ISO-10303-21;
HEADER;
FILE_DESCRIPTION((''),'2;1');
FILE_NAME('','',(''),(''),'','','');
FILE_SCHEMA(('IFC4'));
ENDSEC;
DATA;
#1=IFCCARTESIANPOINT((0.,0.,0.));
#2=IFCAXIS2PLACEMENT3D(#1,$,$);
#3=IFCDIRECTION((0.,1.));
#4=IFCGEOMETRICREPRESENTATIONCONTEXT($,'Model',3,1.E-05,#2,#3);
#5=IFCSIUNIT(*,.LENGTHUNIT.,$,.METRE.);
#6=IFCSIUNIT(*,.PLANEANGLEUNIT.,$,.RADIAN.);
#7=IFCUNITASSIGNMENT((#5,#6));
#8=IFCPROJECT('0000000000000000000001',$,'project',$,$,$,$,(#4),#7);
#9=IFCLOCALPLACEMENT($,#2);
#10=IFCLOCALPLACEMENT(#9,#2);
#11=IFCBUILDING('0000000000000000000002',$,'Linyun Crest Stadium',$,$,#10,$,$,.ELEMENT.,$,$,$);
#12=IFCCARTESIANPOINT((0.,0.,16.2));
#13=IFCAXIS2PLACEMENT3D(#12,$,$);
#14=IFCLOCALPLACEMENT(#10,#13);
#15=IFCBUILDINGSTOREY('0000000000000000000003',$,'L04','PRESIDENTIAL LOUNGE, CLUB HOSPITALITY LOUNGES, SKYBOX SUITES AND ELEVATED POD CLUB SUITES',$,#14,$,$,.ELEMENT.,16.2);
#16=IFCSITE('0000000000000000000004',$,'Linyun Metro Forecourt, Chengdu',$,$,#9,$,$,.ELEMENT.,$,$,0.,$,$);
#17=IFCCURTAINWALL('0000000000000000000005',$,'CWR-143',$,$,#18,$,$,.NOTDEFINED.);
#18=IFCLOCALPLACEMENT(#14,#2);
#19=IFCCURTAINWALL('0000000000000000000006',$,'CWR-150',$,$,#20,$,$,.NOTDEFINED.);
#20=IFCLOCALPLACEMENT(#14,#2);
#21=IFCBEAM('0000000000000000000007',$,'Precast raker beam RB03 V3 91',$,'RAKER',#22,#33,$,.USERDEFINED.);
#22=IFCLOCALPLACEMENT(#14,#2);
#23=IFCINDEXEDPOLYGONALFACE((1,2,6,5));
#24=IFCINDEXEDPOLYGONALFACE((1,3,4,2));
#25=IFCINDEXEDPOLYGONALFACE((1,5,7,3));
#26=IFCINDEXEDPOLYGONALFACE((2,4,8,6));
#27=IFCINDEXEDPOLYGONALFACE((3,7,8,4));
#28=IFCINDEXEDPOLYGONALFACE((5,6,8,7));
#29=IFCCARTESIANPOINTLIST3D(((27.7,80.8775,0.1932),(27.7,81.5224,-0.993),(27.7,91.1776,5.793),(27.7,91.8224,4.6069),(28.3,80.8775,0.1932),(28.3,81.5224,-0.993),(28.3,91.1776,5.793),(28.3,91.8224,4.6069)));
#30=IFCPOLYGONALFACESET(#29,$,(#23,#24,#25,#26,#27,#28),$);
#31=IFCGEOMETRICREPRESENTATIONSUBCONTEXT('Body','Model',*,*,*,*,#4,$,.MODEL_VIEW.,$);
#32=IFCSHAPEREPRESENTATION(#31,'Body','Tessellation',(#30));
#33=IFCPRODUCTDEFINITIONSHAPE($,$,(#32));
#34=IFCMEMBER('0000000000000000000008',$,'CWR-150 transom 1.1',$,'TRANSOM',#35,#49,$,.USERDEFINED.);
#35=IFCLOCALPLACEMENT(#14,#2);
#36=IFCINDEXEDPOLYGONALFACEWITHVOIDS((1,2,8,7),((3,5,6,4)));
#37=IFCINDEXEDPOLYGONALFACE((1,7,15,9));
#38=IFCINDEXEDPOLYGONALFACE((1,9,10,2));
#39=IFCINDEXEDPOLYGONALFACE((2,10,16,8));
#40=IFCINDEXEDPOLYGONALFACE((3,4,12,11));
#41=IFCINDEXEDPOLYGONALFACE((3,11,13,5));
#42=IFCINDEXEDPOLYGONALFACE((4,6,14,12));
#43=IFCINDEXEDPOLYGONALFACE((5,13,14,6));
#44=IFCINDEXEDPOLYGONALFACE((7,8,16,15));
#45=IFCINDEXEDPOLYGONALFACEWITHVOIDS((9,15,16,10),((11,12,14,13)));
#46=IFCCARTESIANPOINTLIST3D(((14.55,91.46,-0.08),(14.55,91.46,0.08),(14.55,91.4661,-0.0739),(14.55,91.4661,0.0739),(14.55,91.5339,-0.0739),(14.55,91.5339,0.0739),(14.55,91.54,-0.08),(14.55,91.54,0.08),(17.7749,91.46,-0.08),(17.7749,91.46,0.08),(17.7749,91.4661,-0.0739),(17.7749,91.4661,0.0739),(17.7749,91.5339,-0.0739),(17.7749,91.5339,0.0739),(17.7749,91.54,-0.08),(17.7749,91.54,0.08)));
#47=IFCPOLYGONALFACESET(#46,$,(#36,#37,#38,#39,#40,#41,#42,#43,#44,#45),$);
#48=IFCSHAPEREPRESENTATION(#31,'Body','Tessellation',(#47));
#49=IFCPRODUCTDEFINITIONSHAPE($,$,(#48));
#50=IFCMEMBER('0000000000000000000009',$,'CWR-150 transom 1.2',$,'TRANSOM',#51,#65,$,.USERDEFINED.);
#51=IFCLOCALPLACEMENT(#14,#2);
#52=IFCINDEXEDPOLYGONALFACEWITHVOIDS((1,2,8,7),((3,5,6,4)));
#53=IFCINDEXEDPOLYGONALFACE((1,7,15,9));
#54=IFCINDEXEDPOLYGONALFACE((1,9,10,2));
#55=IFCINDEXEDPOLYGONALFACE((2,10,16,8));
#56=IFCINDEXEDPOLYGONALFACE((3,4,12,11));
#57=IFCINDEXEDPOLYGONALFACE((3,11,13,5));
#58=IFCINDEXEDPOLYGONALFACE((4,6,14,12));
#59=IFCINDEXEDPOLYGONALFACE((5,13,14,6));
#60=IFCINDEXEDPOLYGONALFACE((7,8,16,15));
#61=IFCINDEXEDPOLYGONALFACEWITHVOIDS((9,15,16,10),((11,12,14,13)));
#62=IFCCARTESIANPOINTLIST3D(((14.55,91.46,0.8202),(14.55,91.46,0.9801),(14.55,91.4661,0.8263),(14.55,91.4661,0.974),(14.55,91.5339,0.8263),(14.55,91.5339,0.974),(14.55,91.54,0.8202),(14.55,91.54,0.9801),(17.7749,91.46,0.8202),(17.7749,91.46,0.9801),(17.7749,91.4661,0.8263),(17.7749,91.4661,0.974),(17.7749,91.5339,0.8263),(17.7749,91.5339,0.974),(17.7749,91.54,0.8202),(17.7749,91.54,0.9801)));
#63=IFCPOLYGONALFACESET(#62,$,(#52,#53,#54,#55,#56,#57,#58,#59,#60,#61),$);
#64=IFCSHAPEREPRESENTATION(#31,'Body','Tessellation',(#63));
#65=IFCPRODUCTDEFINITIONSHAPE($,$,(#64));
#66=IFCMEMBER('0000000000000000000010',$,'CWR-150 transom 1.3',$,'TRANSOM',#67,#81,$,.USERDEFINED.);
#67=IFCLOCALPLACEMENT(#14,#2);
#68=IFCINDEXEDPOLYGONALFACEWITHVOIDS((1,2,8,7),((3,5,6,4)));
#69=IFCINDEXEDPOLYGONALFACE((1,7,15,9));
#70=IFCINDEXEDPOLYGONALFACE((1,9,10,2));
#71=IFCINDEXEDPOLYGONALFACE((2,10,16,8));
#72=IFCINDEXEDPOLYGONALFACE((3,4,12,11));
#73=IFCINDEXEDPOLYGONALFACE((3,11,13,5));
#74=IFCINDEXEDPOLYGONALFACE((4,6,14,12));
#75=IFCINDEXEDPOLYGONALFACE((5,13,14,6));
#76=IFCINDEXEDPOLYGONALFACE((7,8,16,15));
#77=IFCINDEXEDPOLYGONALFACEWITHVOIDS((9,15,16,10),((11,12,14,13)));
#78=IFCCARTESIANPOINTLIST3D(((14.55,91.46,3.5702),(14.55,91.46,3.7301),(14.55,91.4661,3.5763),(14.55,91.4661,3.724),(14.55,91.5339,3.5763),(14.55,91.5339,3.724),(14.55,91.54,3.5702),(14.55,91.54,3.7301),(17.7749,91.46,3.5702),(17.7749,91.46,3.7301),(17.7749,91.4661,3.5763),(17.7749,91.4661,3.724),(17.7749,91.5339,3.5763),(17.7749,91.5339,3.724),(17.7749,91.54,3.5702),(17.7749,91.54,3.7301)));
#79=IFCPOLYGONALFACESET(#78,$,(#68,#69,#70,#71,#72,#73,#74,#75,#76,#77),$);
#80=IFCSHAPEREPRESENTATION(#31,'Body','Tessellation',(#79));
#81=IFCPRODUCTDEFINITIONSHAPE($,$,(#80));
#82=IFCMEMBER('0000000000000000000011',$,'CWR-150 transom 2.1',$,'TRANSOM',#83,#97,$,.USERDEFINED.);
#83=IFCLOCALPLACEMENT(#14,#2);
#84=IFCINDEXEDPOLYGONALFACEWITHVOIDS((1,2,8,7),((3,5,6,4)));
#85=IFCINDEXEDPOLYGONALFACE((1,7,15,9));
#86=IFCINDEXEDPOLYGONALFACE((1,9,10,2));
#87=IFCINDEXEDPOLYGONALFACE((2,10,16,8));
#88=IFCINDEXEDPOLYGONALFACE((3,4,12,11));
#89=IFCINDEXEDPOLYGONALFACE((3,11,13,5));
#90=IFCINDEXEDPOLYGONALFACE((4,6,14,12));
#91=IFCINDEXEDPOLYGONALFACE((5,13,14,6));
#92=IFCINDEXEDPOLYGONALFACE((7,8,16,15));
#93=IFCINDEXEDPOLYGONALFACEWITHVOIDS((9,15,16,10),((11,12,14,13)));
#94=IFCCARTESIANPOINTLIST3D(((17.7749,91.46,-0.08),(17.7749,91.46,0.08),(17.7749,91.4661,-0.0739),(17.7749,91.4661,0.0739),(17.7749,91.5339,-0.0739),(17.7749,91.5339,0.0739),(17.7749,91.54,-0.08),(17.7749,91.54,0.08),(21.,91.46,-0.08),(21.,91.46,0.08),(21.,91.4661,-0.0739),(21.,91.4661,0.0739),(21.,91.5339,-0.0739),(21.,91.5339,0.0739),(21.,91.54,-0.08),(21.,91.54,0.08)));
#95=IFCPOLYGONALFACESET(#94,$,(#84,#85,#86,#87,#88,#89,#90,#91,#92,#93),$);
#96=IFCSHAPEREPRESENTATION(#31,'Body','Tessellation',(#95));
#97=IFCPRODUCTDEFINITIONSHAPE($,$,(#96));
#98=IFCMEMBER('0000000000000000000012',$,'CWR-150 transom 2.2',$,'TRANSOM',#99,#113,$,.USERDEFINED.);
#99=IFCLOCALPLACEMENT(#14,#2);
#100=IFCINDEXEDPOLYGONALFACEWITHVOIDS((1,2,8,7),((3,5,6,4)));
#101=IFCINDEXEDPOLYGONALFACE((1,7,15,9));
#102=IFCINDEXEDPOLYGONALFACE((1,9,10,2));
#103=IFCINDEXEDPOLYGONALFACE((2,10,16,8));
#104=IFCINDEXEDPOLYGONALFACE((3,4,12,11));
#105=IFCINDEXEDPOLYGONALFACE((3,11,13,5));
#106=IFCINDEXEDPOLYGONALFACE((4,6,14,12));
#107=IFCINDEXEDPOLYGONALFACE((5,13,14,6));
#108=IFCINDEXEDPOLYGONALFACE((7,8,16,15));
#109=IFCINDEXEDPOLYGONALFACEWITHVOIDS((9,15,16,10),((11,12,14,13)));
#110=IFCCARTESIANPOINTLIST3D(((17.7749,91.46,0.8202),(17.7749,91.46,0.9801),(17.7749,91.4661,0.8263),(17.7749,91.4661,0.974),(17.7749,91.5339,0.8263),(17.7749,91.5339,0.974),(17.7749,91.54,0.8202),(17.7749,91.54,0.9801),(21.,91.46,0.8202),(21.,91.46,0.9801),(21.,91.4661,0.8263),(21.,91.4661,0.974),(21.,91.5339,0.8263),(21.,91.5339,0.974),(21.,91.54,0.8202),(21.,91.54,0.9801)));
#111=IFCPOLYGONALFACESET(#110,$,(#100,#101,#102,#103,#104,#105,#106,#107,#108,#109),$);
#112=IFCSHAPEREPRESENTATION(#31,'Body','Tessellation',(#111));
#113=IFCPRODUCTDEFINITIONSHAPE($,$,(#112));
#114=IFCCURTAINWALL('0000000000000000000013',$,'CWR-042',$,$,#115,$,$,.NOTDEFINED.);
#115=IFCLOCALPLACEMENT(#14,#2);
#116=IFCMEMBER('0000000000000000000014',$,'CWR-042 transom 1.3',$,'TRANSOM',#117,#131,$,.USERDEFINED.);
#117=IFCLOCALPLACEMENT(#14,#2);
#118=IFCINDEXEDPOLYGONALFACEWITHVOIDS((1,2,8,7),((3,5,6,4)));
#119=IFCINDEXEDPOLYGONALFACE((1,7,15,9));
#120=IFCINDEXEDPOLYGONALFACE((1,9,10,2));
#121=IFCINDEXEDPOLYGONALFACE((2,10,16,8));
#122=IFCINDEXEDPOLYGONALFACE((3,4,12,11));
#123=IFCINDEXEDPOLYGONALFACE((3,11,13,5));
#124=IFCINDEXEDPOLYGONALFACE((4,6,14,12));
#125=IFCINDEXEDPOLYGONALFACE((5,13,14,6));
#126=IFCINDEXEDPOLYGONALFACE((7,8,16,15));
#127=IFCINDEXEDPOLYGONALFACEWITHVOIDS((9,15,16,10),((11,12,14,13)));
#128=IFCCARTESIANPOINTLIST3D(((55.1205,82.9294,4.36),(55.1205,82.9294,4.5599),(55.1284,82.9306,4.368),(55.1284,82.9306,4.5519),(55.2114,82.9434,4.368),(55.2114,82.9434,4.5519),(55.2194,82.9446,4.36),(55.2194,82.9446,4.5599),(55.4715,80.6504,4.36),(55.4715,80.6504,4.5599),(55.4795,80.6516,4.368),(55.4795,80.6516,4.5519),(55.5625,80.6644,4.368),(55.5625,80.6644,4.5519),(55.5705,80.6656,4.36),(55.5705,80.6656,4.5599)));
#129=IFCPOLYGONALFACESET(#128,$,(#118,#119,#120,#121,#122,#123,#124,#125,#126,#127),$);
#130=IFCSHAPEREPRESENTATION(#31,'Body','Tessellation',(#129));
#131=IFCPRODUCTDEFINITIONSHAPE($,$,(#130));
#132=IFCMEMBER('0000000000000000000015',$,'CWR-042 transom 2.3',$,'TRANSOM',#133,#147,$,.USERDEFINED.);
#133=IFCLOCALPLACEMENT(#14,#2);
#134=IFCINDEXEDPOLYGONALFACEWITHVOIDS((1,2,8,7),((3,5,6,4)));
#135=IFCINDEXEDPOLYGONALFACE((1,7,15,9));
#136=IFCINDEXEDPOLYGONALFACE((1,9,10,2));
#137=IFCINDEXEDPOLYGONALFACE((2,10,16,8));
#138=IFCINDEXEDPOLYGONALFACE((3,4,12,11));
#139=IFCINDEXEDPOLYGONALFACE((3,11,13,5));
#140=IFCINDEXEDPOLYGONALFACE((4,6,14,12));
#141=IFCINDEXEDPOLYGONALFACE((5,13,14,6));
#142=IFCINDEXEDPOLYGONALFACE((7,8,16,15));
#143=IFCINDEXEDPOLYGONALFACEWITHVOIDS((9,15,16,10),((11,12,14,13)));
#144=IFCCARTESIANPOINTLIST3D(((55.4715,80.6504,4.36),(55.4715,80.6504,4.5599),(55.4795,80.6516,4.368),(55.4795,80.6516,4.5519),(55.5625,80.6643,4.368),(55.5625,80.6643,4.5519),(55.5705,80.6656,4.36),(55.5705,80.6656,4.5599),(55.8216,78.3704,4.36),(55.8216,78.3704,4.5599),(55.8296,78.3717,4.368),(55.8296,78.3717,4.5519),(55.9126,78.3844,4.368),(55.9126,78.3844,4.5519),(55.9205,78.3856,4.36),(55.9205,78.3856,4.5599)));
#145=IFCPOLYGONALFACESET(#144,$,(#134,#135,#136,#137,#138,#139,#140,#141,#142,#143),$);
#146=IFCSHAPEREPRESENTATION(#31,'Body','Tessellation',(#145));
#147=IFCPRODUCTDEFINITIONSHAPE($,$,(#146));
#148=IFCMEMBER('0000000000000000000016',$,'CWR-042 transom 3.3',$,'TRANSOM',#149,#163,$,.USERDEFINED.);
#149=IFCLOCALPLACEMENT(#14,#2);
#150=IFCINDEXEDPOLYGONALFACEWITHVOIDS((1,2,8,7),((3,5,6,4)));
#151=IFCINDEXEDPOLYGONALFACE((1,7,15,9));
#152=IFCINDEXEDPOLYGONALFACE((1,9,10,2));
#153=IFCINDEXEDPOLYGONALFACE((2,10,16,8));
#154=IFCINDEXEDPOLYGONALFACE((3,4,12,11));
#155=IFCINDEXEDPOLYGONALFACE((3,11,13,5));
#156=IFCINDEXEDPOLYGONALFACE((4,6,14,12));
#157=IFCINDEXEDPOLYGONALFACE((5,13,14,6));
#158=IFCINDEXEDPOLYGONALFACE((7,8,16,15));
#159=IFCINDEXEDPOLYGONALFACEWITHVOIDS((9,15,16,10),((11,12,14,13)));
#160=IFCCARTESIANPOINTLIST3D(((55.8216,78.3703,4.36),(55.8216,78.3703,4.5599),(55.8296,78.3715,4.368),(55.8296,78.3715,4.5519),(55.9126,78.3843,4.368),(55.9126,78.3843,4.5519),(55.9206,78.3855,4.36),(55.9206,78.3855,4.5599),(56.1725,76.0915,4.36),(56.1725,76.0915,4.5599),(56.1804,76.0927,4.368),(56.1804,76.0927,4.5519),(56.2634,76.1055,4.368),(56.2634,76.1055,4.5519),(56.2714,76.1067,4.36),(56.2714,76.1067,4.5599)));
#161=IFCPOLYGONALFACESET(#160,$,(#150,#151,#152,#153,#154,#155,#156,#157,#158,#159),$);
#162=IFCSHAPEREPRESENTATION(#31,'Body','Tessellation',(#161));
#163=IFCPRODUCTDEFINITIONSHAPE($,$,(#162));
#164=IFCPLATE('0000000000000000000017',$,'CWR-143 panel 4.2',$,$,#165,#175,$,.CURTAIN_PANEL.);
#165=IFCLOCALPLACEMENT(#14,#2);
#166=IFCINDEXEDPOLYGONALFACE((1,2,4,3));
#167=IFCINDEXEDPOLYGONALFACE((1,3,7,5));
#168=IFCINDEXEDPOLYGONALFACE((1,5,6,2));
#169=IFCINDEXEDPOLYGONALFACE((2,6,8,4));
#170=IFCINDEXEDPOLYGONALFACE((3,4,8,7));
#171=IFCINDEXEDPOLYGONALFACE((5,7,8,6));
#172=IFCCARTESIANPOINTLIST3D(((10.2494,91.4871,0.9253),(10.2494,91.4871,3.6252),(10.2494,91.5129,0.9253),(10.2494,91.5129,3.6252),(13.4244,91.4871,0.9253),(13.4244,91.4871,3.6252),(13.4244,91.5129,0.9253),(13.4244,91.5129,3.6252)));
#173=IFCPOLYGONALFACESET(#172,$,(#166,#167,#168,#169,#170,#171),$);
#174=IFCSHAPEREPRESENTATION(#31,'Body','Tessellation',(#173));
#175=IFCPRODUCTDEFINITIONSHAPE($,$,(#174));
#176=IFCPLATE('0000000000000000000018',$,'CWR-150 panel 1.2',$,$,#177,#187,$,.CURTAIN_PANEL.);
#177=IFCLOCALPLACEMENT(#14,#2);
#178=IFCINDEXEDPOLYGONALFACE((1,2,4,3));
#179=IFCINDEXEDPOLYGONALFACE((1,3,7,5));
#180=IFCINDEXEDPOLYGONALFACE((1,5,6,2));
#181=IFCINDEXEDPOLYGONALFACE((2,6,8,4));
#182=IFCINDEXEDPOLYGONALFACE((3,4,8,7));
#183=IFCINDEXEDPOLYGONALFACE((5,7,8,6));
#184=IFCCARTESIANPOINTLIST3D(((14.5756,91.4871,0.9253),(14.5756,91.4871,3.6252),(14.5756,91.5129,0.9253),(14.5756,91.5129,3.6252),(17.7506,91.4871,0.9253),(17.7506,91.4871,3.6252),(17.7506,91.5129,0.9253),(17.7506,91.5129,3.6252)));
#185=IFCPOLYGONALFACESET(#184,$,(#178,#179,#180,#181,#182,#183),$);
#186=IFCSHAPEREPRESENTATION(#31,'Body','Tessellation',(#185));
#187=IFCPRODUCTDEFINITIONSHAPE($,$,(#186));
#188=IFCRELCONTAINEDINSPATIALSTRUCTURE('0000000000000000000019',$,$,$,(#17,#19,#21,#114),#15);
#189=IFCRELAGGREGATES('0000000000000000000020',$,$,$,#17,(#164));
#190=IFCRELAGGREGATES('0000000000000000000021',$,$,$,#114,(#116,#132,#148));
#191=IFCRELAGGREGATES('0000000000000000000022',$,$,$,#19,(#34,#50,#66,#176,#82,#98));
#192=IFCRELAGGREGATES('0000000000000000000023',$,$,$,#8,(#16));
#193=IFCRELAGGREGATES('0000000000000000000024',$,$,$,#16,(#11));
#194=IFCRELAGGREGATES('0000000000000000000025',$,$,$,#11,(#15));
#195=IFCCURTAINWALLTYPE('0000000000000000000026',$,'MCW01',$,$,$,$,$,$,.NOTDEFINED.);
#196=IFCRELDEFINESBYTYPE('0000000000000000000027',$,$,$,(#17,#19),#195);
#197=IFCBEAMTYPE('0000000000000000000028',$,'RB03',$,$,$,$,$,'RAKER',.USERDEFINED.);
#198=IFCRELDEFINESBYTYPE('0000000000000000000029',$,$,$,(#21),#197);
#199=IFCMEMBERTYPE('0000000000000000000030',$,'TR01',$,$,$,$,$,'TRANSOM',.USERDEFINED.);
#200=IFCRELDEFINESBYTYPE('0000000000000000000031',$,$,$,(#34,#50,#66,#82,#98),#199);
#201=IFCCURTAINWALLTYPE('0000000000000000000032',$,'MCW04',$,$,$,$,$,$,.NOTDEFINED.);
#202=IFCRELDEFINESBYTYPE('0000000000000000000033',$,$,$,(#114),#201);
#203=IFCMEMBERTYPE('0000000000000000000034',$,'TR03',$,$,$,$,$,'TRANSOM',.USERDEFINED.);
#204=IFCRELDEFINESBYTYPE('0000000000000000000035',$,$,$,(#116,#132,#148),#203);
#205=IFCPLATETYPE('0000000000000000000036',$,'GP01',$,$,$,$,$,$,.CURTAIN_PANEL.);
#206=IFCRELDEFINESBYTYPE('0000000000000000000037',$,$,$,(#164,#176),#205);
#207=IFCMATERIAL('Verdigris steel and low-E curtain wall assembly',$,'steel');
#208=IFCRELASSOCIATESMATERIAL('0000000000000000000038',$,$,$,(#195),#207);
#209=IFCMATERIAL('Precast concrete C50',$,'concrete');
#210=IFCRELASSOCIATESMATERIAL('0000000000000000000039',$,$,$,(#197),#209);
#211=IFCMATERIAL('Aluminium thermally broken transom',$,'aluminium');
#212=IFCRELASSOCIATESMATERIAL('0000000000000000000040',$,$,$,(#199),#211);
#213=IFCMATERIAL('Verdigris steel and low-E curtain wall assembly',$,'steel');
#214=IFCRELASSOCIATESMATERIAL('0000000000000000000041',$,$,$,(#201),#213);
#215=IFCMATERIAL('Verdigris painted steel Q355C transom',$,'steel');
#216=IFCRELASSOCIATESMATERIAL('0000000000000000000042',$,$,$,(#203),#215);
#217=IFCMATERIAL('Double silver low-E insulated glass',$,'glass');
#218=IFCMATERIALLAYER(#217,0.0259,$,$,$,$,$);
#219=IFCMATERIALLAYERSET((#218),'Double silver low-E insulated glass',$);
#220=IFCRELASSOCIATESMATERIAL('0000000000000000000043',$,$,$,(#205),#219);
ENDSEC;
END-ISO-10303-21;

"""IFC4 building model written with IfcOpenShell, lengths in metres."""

from ifc_helpers import new_model, si_unit, direction, frame, origin, origin_2d, place, context, subcontext, project, spatial, rectangle, hollow_rectangle, extrude, material, layer, layer_set, material_profile, profile_set, type_object, element, aggregate, save


model = new_model("IFC4")

# Units and contexts
model_context = context("Model", 3, precision=1e-05, world=origin(), true_north=direction((0.0, 1.0)))
body_context = subcontext(model_context, "Body", "Model", "MODEL_VIEW")
ifc_project = project(units=[si_unit("LENGTHUNIT", "METRE"), si_unit("PLANEANGLEUNIT", "RADIAN")], contexts=[model_context])

# Site, building, storey
site_placement = place(None, origin())
site = spatial("IfcSite", under=ifc_project, at=site_placement, Name="Linyun Metro Forecourt, Chengdu", CompositionType="ELEMENT", RefElevation=0.0)
building_placement = place(site_placement, origin())
building = spatial("IfcBuilding", under=site, at=building_placement, Name="Linyun Crest Stadium", CompositionType="ELEMENT")
storey_placement = place(building_placement, frame((0.0, 0.0, 16.2)))
storey = spatial("IfcBuildingStorey", under=building, at=storey_placement, Name="L04", Description="PRESIDENTIAL LOUNGE, CLUB HOSPITALITY LOUNGES, SKYBOX SUITES AND ELEVATED POD CLUB SUITES", CompositionType="ELEMENT", Elevation=16.2)

# Curtain wall
ifc_material_1 = material(Name="Verdigris steel and low-E curtain wall assembly", Category="steel")
curtain_wall_type_1 = type_object("IfcCurtainWallType", Name="MCW01", PredefinedType="NOTDEFINED", material=ifc_material_1)
curtain_wall_1_placement = place(storey_placement, origin())
curtain_wall_1 = element("IfcCurtainWall", 1, at=curtain_wall_1_placement, inside=storey, type_object=curtain_wall_type_1, Name="CWR-143", PredefinedType="NOTDEFINED")

# Curtain wall
curtain_wall_2_placement = place(storey_placement, origin())
curtain_wall_2 = element("IfcCurtainWall", 2, at=curtain_wall_2_placement, inside=storey, type_object=curtain_wall_type_1, Name="CWR-150", PredefinedType="NOTDEFINED")

# Beam
ifc_material_2 = material(Name="Precast concrete C50", Category="concrete")
ifc_material_profile_1 = material_profile(ifc_material_2, rectangle(XDim=0.6001, YDim=1.3501, at=origin_2d()), Name="PCR 1350x600")
ifc_profile_set_1 = profile_set([ifc_material_profile_1], Name="Precast concrete C50")
beam_type_1 = type_object("IfcBeamType", Name="RB03", ElementType="RAKER", PredefinedType="USERDEFINED", material=ifc_profile_set_1)
for number, where, z_axis, x_axis, name in (
    (3, (28.0, 81.2, -0.3999), (0.0, 0.878553, 0.477645), (-1.0, 0.0, 0.0), "Precast raker beam RB03 V3 91"),
):
    element("IfcBeam", number, at=place(storey_placement, frame(where, z_axis=z_axis, x_axis=x_axis)), inside=storey, type_object=beam_type_1, Name=name, ObjectType="RAKER", PredefinedType="USERDEFINED", context=body_context, shape_type="SweptSolid", body=[
        extrude(rectangle(XDim=0.6001, YDim=1.3501, at=origin_2d()), origin(), (0.0, 0.0, 1.0), 11.7239),
    ])

# Members
ifc_material_3 = material(Name="Aluminium thermally broken transom", Category="aluminium")
ifc_material_profile_2 = material_profile(ifc_material_3, hollow_rectangle(XDim=0.0801, YDim=0.1599, WallThickness=0.0061, at=origin_2d()), Name="RHS 160x80x6")
ifc_profile_set_2 = profile_set([ifc_material_profile_2], Name="Aluminium thermally broken transom")
member_type_1 = type_object("IfcMemberType", Name="TR01", ElementType="TRANSOM", PredefinedType="USERDEFINED", material=ifc_profile_set_2)
member_1_placement = place(storey_placement, frame((14.55, 91.5, 0.0), z_axis=(1.0, 0.0, 0.0), x_axis=(0.0, 1.0, 0.0)))
member_1 = element("IfcMember", 4, at=member_1_placement, type_object=member_type_1, Name="CWR-150 transom 1.1", ObjectType="TRANSOM", PredefinedType="USERDEFINED", context=body_context, shape_type="SweptSolid", body=[
    extrude(hollow_rectangle(XDim=0.0801, YDim=0.1599, WallThickness=0.0061, at=origin_2d()), origin(), (0.0, 0.0, 1.0), 3.2249),
])
member_2_placement = place(storey_placement, frame((14.55, 91.5, 0.9001), z_axis=(1.0, 0.0, 0.0), x_axis=(0.0, 1.0, 0.0)))
member_2 = element("IfcMember", 5, at=member_2_placement, type_object=member_type_1, Name="CWR-150 transom 1.2", ObjectType="TRANSOM", PredefinedType="USERDEFINED", context=body_context, shape_type="SweptSolid", body=[
    extrude(hollow_rectangle(XDim=0.0801, YDim=0.1599, WallThickness=0.0061, at=origin_2d()), origin(), (0.0, 0.0, 1.0), 3.2249),
])
member_3_placement = place(storey_placement, frame((14.55, 91.5, 3.6501), z_axis=(1.0, 0.0, 0.0), x_axis=(0.0, 1.0, 0.0)))
member_3 = element("IfcMember", 6, at=member_3_placement, type_object=member_type_1, Name="CWR-150 transom 1.3", ObjectType="TRANSOM", PredefinedType="USERDEFINED", context=body_context, shape_type="SweptSolid", body=[
    extrude(hollow_rectangle(XDim=0.0801, YDim=0.1599, WallThickness=0.0061, at=origin_2d()), origin(), (0.0, 0.0, 1.0), 3.2249),
])
member_4_placement = place(storey_placement, frame((17.7749, 91.5, 0.0), z_axis=(1.0, 0.0, 0.0), x_axis=(0.0, 1.0, 0.0)))
member_4 = element("IfcMember", 7, at=member_4_placement, type_object=member_type_1, Name="CWR-150 transom 2.1", ObjectType="TRANSOM", PredefinedType="USERDEFINED", context=body_context, shape_type="SweptSolid", body=[
    extrude(hollow_rectangle(XDim=0.0801, YDim=0.1599, WallThickness=0.0061, at=origin_2d()), origin(), (0.0, 0.0, 1.0), 3.2251),
])
member_5_placement = place(storey_placement, frame((17.7749, 91.5, 0.9001), z_axis=(1.0, 0.0, 0.0), x_axis=(0.0, 1.0, 0.0)))
member_5 = element("IfcMember", 8, at=member_5_placement, type_object=member_type_1, Name="CWR-150 transom 2.2", ObjectType="TRANSOM", PredefinedType="USERDEFINED", context=body_context, shape_type="SweptSolid", body=[
    extrude(hollow_rectangle(XDim=0.0801, YDim=0.1599, WallThickness=0.0061, at=origin_2d()), origin(), (0.0, 0.0, 1.0), 3.2251),
])

# Curtain wall, members
ifc_material_4 = material(Name="Verdigris steel and low-E curtain wall assembly", Category="steel")
curtain_wall_type_2 = type_object("IfcCurtainWallType", Name="MCW04", PredefinedType="NOTDEFINED", material=ifc_material_4)
curtain_wall_3_placement = place(storey_placement, origin())
curtain_wall_3 = element("IfcCurtainWall", 9, at=curtain_wall_3_placement, inside=storey, type_object=curtain_wall_type_2, Name="CWR-042", PredefinedType="NOTDEFINED")
ifc_material_5 = material(Name="Verdigris painted steel Q355C transom", Category="steel")
ifc_material_profile_3 = material_profile(ifc_material_5, hollow_rectangle(XDim=0.1001, YDim=0.2, WallThickness=0.0081, at=origin_2d()), Name="RHS 200x100x8")
ifc_profile_set_3 = profile_set([ifc_material_profile_3], Name="Verdigris painted steel Q355C transom")
member_type_2 = type_object("IfcMemberType", Name="TR03", ElementType="TRANSOM", PredefinedType="USERDEFINED", material=ifc_profile_set_3)
member_6_placement = place(storey_placement, frame((55.1699, 82.937, 4.46), z_axis=(0.152248, -0.988342, 0.0), x_axis=(0.988342, 0.152248, 0.0)))
member_6 = element("IfcMember", 10, at=member_6_placement, type_object=member_type_2, Name="CWR-042 transom 1.3", ObjectType="TRANSOM", PredefinedType="USERDEFINED", context=body_context, shape_type="SweptSolid", body=[
    extrude(hollow_rectangle(XDim=0.1001, YDim=0.2, WallThickness=0.0081, at=origin_2d()), origin(), (0.0, 0.0, 1.0), 2.3059),
])
member_7_placement = place(storey_placement, frame((55.521, 80.658, 4.46), z_axis=(0.151771, -0.988416, 0.0), x_axis=(0.988416, 0.151771, 0.0)))
member_7 = element("IfcMember", 11, at=member_7_placement, type_object=member_type_2, Name="CWR-042 transom 2.3", ObjectType="TRANSOM", PredefinedType="USERDEFINED", context=body_context, shape_type="SweptSolid", body=[
    extrude(hollow_rectangle(XDim=0.1001, YDim=0.2, WallThickness=0.0081, at=origin_2d()), origin(), (0.0, 0.0, 1.0), 2.3066),
])
member_8_placement = place(storey_placement, frame((55.8711, 78.3779, 4.46), z_axis=(0.152161, -0.988356, 0.0), x_axis=(0.988356, 0.152161, 0.0)))
member_8 = element("IfcMember", 12, at=member_8_placement, type_object=member_type_2, Name="CWR-042 transom 3.3", ObjectType="TRANSOM", PredefinedType="USERDEFINED", context=body_context, shape_type="SweptSolid", body=[
    extrude(hollow_rectangle(XDim=0.1001, YDim=0.2, WallThickness=0.0081, at=origin_2d()), origin(), (0.0, 0.0, 1.0), 2.3057),
])

# Plates
ifc_material_6 = material(Name="Double silver low-E insulated glass", Category="glass")
ifc_layer_1 = layer(ifc_material_6, 0.0259)
ifc_layer_set_1 = layer_set([ifc_layer_1], Name="Double silver low-E insulated glass")
plate_type_1 = type_object("IfcPlateType", Name="GP01", PredefinedType="CURTAIN_PANEL", material=ifc_layer_set_1)
plate_1_placement = place(storey_placement, frame((11.8369, 91.5, 0.9253), z_axis=(0.0, 0.0, 1.0), x_axis=(1.0, 0.0, 0.0)))
plate_1 = element("IfcPlate", 13, at=plate_1_placement, type_object=plate_type_1, Name="CWR-143 panel 4.2", PredefinedType="CURTAIN_PANEL", context=body_context, shape_type="SweptSolid", body=[
    extrude(rectangle(XDim=3.175, YDim=0.0259, at=origin_2d()), origin(), (0.0, 0.0, 1.0), 2.7),
])
aggregate(curtain_wall_1, [plate_1])
plate_2_placement = place(storey_placement, frame((16.1631, 91.5, 0.9253), z_axis=(0.0, 0.0, 1.0), x_axis=(1.0, 0.0, 0.0)))
plate_2 = element("IfcPlate", 14, at=plate_2_placement, type_object=plate_type_1, Name="CWR-150 panel 1.2", PredefinedType="CURTAIN_PANEL", context=body_context, shape_type="SweptSolid", body=[
    extrude(rectangle(XDim=3.175, YDim=0.0259, at=origin_2d()), origin(), (0.0, 0.0, 1.0), 2.7),
])
aggregate(curtain_wall_3, [member_6, member_7, member_8])
aggregate(curtain_wall_2, [member_1, member_2, member_3, plate_2, member_4, member_5])

save(model, "model.ifc")
